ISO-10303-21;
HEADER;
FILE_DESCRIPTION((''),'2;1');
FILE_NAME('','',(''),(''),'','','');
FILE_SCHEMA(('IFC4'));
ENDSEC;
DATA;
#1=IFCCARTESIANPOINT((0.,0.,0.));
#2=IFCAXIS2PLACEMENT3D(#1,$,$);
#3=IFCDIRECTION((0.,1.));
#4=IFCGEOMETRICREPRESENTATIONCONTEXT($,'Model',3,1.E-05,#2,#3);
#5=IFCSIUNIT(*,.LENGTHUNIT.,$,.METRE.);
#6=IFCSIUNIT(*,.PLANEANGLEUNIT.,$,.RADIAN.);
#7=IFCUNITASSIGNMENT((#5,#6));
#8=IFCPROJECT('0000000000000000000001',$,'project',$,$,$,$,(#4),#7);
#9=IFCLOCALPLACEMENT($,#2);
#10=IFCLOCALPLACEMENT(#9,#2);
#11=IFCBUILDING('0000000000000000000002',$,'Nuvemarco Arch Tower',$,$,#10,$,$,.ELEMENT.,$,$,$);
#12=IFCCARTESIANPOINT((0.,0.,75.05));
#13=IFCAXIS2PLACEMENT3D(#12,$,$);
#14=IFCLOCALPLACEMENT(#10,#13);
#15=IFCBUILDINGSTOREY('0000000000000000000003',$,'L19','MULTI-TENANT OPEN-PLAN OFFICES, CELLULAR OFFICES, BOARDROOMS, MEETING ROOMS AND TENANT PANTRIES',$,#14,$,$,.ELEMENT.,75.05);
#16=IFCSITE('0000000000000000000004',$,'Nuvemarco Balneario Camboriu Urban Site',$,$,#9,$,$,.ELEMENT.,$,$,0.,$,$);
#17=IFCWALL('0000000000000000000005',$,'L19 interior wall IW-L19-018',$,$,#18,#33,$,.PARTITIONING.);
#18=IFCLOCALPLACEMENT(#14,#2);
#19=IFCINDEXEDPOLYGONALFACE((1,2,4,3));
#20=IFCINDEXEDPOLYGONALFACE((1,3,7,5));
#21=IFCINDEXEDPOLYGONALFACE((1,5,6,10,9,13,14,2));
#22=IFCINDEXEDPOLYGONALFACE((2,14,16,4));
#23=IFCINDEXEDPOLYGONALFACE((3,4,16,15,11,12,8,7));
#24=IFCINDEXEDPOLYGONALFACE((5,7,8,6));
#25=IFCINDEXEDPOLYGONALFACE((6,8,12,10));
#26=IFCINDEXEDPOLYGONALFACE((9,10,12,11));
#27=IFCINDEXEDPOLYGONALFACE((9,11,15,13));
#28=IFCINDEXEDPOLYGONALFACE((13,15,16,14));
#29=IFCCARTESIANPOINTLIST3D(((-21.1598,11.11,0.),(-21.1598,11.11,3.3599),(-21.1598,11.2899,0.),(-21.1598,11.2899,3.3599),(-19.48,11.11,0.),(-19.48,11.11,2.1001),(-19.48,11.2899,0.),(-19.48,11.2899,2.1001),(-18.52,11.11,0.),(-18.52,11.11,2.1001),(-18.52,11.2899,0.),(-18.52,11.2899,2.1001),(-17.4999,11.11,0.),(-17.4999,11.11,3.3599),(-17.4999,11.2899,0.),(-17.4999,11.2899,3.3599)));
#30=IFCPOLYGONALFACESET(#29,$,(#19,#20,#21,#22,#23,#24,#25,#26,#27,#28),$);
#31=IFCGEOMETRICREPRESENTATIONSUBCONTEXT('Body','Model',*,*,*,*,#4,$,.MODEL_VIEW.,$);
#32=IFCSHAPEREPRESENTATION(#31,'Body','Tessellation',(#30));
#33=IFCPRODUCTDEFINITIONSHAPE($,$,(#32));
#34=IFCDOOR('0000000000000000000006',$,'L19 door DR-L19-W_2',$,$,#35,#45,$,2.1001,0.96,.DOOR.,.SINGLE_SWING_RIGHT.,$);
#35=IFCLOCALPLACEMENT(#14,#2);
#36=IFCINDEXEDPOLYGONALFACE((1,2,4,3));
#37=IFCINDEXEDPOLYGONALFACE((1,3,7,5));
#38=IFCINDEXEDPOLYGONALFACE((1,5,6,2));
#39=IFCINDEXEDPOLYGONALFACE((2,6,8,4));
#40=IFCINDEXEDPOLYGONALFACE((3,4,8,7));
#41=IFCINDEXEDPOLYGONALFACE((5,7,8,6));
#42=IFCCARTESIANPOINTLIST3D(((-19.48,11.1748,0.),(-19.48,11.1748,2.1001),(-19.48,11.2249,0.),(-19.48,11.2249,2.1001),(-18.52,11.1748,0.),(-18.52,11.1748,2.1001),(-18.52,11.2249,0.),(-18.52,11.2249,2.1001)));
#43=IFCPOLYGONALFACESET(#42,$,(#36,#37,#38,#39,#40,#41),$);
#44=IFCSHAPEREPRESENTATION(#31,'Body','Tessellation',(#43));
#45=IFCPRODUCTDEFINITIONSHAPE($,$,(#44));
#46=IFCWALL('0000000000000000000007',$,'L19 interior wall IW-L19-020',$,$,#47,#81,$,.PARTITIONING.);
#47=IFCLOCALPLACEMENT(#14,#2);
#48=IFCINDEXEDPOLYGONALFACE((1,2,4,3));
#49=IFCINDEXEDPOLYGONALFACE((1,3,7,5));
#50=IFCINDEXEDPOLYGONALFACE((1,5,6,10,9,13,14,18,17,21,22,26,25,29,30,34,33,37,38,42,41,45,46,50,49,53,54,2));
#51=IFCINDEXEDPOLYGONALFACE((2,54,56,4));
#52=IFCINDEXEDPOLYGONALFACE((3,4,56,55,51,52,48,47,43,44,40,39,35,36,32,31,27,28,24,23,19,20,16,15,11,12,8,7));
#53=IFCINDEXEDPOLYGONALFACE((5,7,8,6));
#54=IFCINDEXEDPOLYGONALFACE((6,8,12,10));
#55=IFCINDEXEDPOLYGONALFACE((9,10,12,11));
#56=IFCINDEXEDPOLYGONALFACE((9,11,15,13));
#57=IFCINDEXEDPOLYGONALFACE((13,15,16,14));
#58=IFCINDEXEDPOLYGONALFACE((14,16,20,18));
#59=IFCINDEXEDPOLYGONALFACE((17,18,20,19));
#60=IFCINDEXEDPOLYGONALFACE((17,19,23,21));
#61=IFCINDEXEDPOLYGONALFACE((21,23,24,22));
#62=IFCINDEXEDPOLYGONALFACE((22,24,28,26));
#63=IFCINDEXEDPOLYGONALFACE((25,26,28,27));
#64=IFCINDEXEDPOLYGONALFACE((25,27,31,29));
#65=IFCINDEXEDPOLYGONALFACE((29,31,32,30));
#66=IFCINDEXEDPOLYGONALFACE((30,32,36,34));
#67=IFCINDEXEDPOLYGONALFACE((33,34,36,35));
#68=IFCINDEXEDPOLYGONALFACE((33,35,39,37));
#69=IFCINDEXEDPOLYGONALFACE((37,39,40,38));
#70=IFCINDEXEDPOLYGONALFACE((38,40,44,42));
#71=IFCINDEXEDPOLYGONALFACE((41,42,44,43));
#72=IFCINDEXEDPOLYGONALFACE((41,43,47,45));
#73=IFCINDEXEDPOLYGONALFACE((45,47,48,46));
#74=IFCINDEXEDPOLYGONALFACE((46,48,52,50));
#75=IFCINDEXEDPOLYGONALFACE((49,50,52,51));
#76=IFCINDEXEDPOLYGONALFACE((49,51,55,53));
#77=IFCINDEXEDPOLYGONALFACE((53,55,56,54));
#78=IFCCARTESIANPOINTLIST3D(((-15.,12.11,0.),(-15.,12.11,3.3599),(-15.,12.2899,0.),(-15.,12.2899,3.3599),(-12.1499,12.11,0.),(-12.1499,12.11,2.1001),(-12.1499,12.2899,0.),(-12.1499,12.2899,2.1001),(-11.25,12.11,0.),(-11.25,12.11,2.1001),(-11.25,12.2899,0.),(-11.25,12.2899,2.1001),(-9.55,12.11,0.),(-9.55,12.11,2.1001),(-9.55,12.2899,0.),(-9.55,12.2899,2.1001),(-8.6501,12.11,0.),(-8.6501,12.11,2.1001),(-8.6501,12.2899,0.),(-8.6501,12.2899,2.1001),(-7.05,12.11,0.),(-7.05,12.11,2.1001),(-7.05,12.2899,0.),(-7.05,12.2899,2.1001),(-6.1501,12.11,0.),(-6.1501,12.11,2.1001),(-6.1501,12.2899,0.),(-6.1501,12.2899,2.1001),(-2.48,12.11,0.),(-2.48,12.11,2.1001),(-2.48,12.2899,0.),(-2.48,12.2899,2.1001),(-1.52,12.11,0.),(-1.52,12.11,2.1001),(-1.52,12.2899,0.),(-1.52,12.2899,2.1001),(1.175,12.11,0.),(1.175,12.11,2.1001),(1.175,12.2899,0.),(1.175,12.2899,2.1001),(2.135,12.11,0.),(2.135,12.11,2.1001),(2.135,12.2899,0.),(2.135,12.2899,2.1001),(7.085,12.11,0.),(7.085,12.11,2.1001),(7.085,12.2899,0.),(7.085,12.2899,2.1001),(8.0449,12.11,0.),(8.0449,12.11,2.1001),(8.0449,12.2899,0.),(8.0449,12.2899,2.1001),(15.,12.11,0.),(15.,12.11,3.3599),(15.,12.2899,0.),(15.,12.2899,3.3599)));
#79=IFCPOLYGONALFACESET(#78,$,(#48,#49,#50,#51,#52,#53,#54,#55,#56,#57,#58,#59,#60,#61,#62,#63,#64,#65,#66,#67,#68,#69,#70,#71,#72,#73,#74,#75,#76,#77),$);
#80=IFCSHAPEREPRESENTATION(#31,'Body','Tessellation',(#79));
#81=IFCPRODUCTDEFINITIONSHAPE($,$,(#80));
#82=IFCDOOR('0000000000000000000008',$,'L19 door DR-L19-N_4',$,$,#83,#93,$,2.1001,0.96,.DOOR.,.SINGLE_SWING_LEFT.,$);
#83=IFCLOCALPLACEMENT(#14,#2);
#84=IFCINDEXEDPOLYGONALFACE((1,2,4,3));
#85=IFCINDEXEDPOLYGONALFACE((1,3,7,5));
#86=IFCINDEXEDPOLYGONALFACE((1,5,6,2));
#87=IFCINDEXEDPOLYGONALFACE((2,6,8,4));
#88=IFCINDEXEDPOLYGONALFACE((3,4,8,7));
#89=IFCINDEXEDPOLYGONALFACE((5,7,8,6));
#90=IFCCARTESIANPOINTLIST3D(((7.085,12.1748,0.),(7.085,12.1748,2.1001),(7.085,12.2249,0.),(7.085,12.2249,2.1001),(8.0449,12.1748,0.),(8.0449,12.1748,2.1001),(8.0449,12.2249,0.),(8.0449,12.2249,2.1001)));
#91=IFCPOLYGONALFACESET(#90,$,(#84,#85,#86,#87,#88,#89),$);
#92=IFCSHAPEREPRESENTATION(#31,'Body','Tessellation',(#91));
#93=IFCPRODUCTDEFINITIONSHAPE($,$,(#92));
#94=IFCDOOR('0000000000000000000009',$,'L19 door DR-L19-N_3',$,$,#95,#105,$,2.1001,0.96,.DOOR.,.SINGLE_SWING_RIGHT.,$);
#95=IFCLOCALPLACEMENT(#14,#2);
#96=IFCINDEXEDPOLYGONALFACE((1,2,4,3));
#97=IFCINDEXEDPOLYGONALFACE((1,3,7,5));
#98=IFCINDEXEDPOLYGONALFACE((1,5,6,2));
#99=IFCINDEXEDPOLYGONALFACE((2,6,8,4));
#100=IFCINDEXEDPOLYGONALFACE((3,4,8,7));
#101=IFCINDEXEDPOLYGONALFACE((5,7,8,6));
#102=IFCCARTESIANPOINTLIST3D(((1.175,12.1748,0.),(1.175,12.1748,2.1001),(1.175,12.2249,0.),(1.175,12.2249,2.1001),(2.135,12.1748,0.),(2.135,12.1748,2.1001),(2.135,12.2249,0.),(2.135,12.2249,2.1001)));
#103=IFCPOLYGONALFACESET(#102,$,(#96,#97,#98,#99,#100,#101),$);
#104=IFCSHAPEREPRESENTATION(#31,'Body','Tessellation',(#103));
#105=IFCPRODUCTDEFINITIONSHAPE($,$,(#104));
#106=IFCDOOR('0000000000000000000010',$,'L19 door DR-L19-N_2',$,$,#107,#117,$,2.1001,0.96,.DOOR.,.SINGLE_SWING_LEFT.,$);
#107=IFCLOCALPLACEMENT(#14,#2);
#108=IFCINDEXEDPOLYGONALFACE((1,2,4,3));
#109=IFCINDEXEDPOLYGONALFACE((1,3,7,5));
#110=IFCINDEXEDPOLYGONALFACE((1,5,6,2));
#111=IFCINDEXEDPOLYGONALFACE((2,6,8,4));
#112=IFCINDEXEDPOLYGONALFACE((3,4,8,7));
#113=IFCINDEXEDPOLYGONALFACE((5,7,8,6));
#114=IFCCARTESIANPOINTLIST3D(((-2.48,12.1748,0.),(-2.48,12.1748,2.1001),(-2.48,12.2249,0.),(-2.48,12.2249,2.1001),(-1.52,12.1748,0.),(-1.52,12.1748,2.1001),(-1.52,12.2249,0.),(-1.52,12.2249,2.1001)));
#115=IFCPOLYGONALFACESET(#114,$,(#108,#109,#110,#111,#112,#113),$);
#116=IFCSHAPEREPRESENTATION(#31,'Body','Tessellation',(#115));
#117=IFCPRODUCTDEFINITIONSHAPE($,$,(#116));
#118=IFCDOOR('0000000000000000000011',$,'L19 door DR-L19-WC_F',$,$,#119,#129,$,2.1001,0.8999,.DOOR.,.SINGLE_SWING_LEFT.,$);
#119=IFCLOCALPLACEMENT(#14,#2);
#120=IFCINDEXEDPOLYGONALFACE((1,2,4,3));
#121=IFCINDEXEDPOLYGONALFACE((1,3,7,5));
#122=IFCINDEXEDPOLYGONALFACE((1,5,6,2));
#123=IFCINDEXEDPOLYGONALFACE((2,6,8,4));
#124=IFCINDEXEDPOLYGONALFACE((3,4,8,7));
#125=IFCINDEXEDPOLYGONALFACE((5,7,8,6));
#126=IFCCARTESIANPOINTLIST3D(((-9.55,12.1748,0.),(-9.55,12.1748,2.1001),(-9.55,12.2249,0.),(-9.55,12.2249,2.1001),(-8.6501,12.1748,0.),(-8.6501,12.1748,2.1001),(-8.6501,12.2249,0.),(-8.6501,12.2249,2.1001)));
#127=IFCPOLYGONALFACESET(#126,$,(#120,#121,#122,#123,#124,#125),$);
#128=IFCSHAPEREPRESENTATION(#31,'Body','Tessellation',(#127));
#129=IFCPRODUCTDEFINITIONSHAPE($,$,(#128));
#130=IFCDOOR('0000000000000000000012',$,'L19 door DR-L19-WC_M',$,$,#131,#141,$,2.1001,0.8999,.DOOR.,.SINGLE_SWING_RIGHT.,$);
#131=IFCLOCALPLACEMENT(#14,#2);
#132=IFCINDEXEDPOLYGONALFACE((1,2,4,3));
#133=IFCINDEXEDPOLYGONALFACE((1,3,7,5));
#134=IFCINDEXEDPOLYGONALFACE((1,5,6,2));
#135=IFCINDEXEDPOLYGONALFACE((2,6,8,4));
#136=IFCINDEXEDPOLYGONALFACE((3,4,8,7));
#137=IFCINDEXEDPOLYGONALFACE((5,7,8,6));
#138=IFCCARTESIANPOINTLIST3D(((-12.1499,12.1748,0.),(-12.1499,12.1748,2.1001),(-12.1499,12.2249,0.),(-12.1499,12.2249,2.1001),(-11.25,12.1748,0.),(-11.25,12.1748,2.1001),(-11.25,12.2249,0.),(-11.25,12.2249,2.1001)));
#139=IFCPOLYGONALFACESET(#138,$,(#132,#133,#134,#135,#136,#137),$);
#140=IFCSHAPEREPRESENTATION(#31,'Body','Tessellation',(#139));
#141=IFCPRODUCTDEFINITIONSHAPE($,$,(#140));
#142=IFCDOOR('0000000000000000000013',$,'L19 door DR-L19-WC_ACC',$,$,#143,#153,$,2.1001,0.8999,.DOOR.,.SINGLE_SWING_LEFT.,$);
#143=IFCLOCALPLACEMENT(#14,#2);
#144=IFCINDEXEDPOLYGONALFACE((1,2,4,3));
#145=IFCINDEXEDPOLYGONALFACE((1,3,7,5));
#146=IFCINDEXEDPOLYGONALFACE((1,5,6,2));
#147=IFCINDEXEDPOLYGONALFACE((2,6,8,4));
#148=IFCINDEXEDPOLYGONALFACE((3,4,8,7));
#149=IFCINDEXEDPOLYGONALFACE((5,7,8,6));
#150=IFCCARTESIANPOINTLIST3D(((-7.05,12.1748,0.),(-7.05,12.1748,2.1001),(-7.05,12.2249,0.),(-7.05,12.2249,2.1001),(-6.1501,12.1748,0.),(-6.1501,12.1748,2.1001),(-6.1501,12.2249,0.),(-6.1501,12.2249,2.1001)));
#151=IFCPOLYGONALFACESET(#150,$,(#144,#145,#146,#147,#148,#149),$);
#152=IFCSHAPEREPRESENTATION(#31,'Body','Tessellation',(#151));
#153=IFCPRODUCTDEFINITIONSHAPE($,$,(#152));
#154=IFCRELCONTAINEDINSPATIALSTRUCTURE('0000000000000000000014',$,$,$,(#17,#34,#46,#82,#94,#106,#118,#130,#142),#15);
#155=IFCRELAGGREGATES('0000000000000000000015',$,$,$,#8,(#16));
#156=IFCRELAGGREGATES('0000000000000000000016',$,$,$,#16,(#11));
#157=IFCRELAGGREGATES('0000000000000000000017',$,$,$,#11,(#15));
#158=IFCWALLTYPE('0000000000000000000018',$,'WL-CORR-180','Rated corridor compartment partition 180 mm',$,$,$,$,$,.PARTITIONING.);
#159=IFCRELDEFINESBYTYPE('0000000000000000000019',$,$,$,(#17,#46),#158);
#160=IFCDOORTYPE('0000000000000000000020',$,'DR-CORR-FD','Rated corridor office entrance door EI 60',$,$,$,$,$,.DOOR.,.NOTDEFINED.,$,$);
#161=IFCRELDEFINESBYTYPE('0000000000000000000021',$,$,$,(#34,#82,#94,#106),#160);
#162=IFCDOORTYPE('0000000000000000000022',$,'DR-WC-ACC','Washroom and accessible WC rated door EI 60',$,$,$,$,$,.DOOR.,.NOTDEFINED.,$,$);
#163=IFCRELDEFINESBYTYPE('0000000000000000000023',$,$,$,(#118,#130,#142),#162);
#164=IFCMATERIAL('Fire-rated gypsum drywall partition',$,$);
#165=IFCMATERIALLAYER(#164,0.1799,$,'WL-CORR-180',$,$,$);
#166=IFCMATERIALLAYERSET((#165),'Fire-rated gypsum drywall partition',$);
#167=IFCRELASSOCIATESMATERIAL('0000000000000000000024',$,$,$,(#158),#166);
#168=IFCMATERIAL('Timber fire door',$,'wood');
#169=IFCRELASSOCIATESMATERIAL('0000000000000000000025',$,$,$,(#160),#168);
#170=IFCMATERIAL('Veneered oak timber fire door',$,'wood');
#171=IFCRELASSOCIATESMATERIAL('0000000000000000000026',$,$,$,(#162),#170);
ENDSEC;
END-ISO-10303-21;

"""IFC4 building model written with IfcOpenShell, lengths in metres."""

from ifc_helpers import new_model, si_unit, direction, frame, frame_2d, origin, place, context, subcontext, project, spatial, rectangle, extrude, source, transform, mapped, material, layer, layer_set, type_object, type_shapes, element, fill, save


model = new_model("IFC4")

# Units and contexts
model_context = context("Model", 3, precision=1e-05, world=origin(), true_north=direction((0.0, 1.0)))
body_context = subcontext(model_context, "Body", "Model", "MODEL_VIEW")
ifc_project = project(units=[si_unit("LENGTHUNIT", "METRE"), si_unit("PLANEANGLEUNIT", "RADIAN")], contexts=[model_context])

# Site, building, storey
site_placement = place(None, origin())
site = spatial("IfcSite", under=ifc_project, at=site_placement, Name="Nuvemarco Balneario Camboriu Urban Site", CompositionType="ELEMENT", RefElevation=0.0)
building_placement = place(site_placement, origin())
building = spatial("IfcBuilding", under=site, at=building_placement, Name="Nuvemarco Arch Tower", CompositionType="ELEMENT")
storey_placement = place(building_placement, frame((0.0, 0.0, 75.05)))
storey = spatial("IfcBuildingStorey", under=building, at=storey_placement, Name="L19", Description="MULTI-TENANT OPEN-PLAN OFFICES, CELLULAR OFFICES, BOARDROOMS, MEETING ROOMS AND TENANT PANTRIES", CompositionType="ELEMENT", Elevation=75.05)

# Wall, opening, door
ifc_material_1 = material(Name="Fire-rated gypsum drywall partition")
ifc_layer = layer(ifc_material_1, 0.1799, Name="WL-CORR-180")
ifc_layer_set = layer_set([ifc_layer], Name="Fire-rated gypsum drywall partition")
wall_type = type_object("IfcWallType", Name="WL-CORR-180", Description="Rated corridor compartment partition 180 mm", PredefinedType="PARTITIONING", material=ifc_layer_set)
wall_1_placement = place(storey_placement, frame((-21.1599, 11.2, 0.0), z_axis=(0.0, 0.0, 1.0), x_axis=(1.0, 0.0, 0.0)))
wall_1 = element("IfcWall", 1, at=wall_1_placement, inside=storey, type_object=wall_type, Name="L19 interior wall IW-L19-018", PredefinedType="PARTITIONING", context=body_context, shape_type="SweptSolid", body=[
    extrude(rectangle(XDim=3.6599, YDim=0.1799, at=frame_2d((1.8301, 0.0))), origin(), (0.0, 0.0, 1.0), 3.3599),
])
opening_1_placement = place(wall_1_placement, frame((1.6799, 0.0, 0.0)))
opening_1 = element("IfcOpeningElement", 2, at=opening_1_placement, cuts=wall_1, PredefinedType="OPENING", context=body_context, shape_type="SweptSolid", body=[
    extrude(rectangle(XDim=0.96, YDim=2.1001, at=frame_2d((0.48, 1.05))), frame((0.0, 0.0999, 0.0), z_axis=(0.0, -1.0, 0.0), x_axis=(1.0, 0.0, 0.0)), (0.0, 0.0, 1.0), 0.2),
])
ifc_material_2 = material(Name="Timber fire door", Category="wood")
door_type_1 = type_object("IfcDoorType", Name="DR-CORR-FD", Description="Rated corridor office entrance door EI 60", OperationType="NOTDEFINED", PredefinedType="DOOR", material=ifc_material_2)
shared_shape_1 = source(origin(), body_context, "Body", "SweptSolid", [
    extrude(rectangle(XDim=0.96, YDim=2.1001, at=frame_2d((0.48, 1.05))), frame((0.0, 0.0249, 0.0), z_axis=(0.0, -1.0, 0.0), x_axis=(1.0, 0.0, 0.0)), (0.0, 0.0, 1.0), 0.05),
])
type_shapes(door_type_1, [shared_shape_1])
door_1_placement = place(opening_1_placement, origin())
door_1 = element("IfcDoor", 3, at=door_1_placement, inside=storey, type_object=door_type_1, Name="L19 door DR-L19-W_2", OperationType="SINGLE_SWING_RIGHT", OverallHeight=2.1001, OverallWidth=0.96, PredefinedType="DOOR", context=body_context, shape_type="MappedRepresentation", body=[
    mapped(shared_shape_1, transform((0.0, 0.0, 0.0), scale=1.0)),
])
fill(opening_1, door_1)

# Wall, openings, doors
wall_2_placement = place(storey_placement, frame((-15.0, 12.2, 0.0), z_axis=(0.0, 0.0, 1.0), x_axis=(1.0, 0.0, 0.0)))
wall_2 = element("IfcWall", 4, at=wall_2_placement, inside=storey, type_object=wall_type, Name="L19 interior wall IW-L19-020", PredefinedType="PARTITIONING", context=body_context, shape_type="SweptSolid", body=[
    extrude(rectangle(XDim=30.0, YDim=0.1799, at=frame_2d((15.0, 0.0))), origin(), (0.0, 0.0, 1.0), 3.3599),
])
opening_2_placement = place(wall_2_placement, frame((22.085, 0.0, 0.0)))
opening_2 = element("IfcOpeningElement", 5, at=opening_2_placement, cuts=wall_2, PredefinedType="OPENING", context=body_context, shape_type="SweptSolid", body=[
    extrude(rectangle(XDim=0.96, YDim=2.1001, at=frame_2d((0.48, 1.05))), frame((0.0, 0.0999, 0.0), z_axis=(0.0, -1.0, 0.0), x_axis=(1.0, 0.0, 0.0)), (0.0, 0.0, 1.0), 0.2),
])
opening_3_placement = place(wall_2_placement, frame((16.175, 0.0, 0.0)))
opening_3 = element("IfcOpeningElement", 6, at=opening_3_placement, cuts=wall_2, PredefinedType="OPENING", context=body_context, shape_type="SweptSolid", body=[
    extrude(rectangle(XDim=0.96, YDim=2.1001, at=frame_2d((0.48, 1.05))), frame((0.0, 0.0999, 0.0), z_axis=(0.0, -1.0, 0.0), x_axis=(1.0, 0.0, 0.0)), (0.0, 0.0, 1.0), 0.2),
])
opening_4_placement = place(wall_2_placement, frame((5.45, 0.0, 0.0)))
opening_4 = element("IfcOpeningElement", 7, at=opening_4_placement, cuts=wall_2, PredefinedType="OPENING", context=body_context, shape_type="SweptSolid", body=[
    extrude(rectangle(XDim=0.8999, YDim=2.1001, at=frame_2d((0.45, 1.05))), frame((0.0, 0.0999, 0.0), z_axis=(0.0, -1.0, 0.0), x_axis=(1.0, 0.0, 0.0)), (0.0, 0.0, 1.0), 0.2),
])
opening_5_placement = place(wall_2_placement, frame((2.8501, 0.0, 0.0)))
opening_5 = element("IfcOpeningElement", 8, at=opening_5_placement, cuts=wall_2, PredefinedType="OPENING", context=body_context, shape_type="SweptSolid", body=[
    extrude(rectangle(XDim=0.8999, YDim=2.1001, at=frame_2d((0.45, 1.05))), frame((0.0, 0.0999, 0.0), z_axis=(0.0, -1.0, 0.0), x_axis=(1.0, 0.0, 0.0)), (0.0, 0.0, 1.0), 0.2),
])
opening_6_placement = place(wall_2_placement, frame((12.52, 0.0, 0.0)))
opening_6 = element("IfcOpeningElement", 9, at=opening_6_placement, cuts=wall_2, PredefinedType="OPENING", context=body_context, shape_type="SweptSolid", body=[
    extrude(rectangle(XDim=0.96, YDim=2.1001, at=frame_2d((0.48, 1.05))), frame((0.0, 0.0999, 0.0), z_axis=(0.0, -1.0, 0.0), x_axis=(1.0, 0.0, 0.0)), (0.0, 0.0, 1.0), 0.2),
])
opening_7_placement = place(wall_2_placement, frame((7.95, 0.0, 0.0)))
opening_7 = element("IfcOpeningElement", 10, at=opening_7_placement, cuts=wall_2, PredefinedType="OPENING", context=body_context, shape_type="SweptSolid", body=[
    extrude(rectangle(XDim=0.8999, YDim=2.1001, at=frame_2d((0.45, 1.05))), frame((0.0, 0.0999, 0.0), z_axis=(0.0, -1.0, 0.0), x_axis=(1.0, 0.0, 0.0)), (0.0, 0.0, 1.0), 0.2),
])
door_2_placement = place(opening_2_placement, origin())
door_2 = element("IfcDoor", 11, at=door_2_placement, inside=storey, type_object=door_type_1, Name="L19 door DR-L19-N_4", OperationType="SINGLE_SWING_LEFT", OverallHeight=2.1001, OverallWidth=0.96, PredefinedType="DOOR", context=body_context, shape_type="MappedRepresentation", body=[
    mapped(shared_shape_1, transform((0.0, 0.0, 0.0), scale=1.0)),
])
fill(opening_2, door_2)
door_3_placement = place(opening_3_placement, origin())
door_3 = element("IfcDoor", 12, at=door_3_placement, inside=storey, type_object=door_type_1, Name="L19 door DR-L19-N_3", OperationType="SINGLE_SWING_RIGHT", OverallHeight=2.1001, OverallWidth=0.96, PredefinedType="DOOR", context=body_context, shape_type="MappedRepresentation", body=[
    mapped(shared_shape_1, transform((0.0, 0.0, 0.0), scale=1.0)),
])
fill(opening_3, door_3)
door_4_placement = place(opening_6_placement, origin())
door_4 = element("IfcDoor", 13, at=door_4_placement, inside=storey, type_object=door_type_1, Name="L19 door DR-L19-N_2", OperationType="SINGLE_SWING_LEFT", OverallHeight=2.1001, OverallWidth=0.96, PredefinedType="DOOR", context=body_context, shape_type="MappedRepresentation", body=[
    mapped(shared_shape_1, transform((0.0, 0.0, 0.0), scale=1.0)),
])
fill(opening_6, door_4)
ifc_material_3 = material(Name="Veneered oak timber fire door", Category="wood")
door_type_2 = type_object("IfcDoorType", Name="DR-WC-ACC", Description="Washroom and accessible WC rated door EI 60", OperationType="NOTDEFINED", PredefinedType="DOOR", material=ifc_material_3)
shared_shape_2 = source(origin(), body_context, "Body", "SweptSolid", [
    extrude(rectangle(XDim=0.8999, YDim=2.1001, at=frame_2d((0.45, 1.05))), frame((0.0, 0.0249, 0.0), z_axis=(0.0, -1.0, 0.0), x_axis=(1.0, 0.0, 0.0)), (0.0, 0.0, 1.0), 0.05),
])
type_shapes(door_type_2, [shared_shape_2])
door_5_placement = place(opening_4_placement, origin())
door_5 = element("IfcDoor", 14, at=door_5_placement, inside=storey, type_object=door_type_2, Name="L19 door DR-L19-WC_F", OperationType="SINGLE_SWING_LEFT", OverallHeight=2.1001, OverallWidth=0.8999, PredefinedType="DOOR", context=body_context, shape_type="MappedRepresentation", body=[
    mapped(shared_shape_2, transform((0.0, 0.0, 0.0), scale=1.0)),
])
fill(opening_4, door_5)
door_6_placement = place(opening_5_placement, origin())
door_6 = element("IfcDoor", 15, at=door_6_placement, inside=storey, type_object=door_type_2, Name="L19 door DR-L19-WC_M", OperationType="SINGLE_SWING_RIGHT", OverallHeight=2.1001, OverallWidth=0.8999, PredefinedType="DOOR", context=body_context, shape_type="MappedRepresentation", body=[
    mapped(shared_shape_2, transform((0.0, 0.0, 0.0), scale=1.0)),
])
fill(opening_5, door_6)
door_7_placement = place(opening_7_placement, origin())
door_7 = element("IfcDoor", 16, at=door_7_placement, inside=storey, type_object=door_type_2, Name="L19 door DR-L19-WC_ACC", OperationType="SINGLE_SWING_LEFT", OverallHeight=2.1001, OverallWidth=0.8999, PredefinedType="DOOR", context=body_context, shape_type="MappedRepresentation", body=[
    mapped(shared_shape_2, transform((0.0, 0.0, 0.0), scale=1.0)),
])
fill(opening_7, door_7)

save(model, "model.ifc")
